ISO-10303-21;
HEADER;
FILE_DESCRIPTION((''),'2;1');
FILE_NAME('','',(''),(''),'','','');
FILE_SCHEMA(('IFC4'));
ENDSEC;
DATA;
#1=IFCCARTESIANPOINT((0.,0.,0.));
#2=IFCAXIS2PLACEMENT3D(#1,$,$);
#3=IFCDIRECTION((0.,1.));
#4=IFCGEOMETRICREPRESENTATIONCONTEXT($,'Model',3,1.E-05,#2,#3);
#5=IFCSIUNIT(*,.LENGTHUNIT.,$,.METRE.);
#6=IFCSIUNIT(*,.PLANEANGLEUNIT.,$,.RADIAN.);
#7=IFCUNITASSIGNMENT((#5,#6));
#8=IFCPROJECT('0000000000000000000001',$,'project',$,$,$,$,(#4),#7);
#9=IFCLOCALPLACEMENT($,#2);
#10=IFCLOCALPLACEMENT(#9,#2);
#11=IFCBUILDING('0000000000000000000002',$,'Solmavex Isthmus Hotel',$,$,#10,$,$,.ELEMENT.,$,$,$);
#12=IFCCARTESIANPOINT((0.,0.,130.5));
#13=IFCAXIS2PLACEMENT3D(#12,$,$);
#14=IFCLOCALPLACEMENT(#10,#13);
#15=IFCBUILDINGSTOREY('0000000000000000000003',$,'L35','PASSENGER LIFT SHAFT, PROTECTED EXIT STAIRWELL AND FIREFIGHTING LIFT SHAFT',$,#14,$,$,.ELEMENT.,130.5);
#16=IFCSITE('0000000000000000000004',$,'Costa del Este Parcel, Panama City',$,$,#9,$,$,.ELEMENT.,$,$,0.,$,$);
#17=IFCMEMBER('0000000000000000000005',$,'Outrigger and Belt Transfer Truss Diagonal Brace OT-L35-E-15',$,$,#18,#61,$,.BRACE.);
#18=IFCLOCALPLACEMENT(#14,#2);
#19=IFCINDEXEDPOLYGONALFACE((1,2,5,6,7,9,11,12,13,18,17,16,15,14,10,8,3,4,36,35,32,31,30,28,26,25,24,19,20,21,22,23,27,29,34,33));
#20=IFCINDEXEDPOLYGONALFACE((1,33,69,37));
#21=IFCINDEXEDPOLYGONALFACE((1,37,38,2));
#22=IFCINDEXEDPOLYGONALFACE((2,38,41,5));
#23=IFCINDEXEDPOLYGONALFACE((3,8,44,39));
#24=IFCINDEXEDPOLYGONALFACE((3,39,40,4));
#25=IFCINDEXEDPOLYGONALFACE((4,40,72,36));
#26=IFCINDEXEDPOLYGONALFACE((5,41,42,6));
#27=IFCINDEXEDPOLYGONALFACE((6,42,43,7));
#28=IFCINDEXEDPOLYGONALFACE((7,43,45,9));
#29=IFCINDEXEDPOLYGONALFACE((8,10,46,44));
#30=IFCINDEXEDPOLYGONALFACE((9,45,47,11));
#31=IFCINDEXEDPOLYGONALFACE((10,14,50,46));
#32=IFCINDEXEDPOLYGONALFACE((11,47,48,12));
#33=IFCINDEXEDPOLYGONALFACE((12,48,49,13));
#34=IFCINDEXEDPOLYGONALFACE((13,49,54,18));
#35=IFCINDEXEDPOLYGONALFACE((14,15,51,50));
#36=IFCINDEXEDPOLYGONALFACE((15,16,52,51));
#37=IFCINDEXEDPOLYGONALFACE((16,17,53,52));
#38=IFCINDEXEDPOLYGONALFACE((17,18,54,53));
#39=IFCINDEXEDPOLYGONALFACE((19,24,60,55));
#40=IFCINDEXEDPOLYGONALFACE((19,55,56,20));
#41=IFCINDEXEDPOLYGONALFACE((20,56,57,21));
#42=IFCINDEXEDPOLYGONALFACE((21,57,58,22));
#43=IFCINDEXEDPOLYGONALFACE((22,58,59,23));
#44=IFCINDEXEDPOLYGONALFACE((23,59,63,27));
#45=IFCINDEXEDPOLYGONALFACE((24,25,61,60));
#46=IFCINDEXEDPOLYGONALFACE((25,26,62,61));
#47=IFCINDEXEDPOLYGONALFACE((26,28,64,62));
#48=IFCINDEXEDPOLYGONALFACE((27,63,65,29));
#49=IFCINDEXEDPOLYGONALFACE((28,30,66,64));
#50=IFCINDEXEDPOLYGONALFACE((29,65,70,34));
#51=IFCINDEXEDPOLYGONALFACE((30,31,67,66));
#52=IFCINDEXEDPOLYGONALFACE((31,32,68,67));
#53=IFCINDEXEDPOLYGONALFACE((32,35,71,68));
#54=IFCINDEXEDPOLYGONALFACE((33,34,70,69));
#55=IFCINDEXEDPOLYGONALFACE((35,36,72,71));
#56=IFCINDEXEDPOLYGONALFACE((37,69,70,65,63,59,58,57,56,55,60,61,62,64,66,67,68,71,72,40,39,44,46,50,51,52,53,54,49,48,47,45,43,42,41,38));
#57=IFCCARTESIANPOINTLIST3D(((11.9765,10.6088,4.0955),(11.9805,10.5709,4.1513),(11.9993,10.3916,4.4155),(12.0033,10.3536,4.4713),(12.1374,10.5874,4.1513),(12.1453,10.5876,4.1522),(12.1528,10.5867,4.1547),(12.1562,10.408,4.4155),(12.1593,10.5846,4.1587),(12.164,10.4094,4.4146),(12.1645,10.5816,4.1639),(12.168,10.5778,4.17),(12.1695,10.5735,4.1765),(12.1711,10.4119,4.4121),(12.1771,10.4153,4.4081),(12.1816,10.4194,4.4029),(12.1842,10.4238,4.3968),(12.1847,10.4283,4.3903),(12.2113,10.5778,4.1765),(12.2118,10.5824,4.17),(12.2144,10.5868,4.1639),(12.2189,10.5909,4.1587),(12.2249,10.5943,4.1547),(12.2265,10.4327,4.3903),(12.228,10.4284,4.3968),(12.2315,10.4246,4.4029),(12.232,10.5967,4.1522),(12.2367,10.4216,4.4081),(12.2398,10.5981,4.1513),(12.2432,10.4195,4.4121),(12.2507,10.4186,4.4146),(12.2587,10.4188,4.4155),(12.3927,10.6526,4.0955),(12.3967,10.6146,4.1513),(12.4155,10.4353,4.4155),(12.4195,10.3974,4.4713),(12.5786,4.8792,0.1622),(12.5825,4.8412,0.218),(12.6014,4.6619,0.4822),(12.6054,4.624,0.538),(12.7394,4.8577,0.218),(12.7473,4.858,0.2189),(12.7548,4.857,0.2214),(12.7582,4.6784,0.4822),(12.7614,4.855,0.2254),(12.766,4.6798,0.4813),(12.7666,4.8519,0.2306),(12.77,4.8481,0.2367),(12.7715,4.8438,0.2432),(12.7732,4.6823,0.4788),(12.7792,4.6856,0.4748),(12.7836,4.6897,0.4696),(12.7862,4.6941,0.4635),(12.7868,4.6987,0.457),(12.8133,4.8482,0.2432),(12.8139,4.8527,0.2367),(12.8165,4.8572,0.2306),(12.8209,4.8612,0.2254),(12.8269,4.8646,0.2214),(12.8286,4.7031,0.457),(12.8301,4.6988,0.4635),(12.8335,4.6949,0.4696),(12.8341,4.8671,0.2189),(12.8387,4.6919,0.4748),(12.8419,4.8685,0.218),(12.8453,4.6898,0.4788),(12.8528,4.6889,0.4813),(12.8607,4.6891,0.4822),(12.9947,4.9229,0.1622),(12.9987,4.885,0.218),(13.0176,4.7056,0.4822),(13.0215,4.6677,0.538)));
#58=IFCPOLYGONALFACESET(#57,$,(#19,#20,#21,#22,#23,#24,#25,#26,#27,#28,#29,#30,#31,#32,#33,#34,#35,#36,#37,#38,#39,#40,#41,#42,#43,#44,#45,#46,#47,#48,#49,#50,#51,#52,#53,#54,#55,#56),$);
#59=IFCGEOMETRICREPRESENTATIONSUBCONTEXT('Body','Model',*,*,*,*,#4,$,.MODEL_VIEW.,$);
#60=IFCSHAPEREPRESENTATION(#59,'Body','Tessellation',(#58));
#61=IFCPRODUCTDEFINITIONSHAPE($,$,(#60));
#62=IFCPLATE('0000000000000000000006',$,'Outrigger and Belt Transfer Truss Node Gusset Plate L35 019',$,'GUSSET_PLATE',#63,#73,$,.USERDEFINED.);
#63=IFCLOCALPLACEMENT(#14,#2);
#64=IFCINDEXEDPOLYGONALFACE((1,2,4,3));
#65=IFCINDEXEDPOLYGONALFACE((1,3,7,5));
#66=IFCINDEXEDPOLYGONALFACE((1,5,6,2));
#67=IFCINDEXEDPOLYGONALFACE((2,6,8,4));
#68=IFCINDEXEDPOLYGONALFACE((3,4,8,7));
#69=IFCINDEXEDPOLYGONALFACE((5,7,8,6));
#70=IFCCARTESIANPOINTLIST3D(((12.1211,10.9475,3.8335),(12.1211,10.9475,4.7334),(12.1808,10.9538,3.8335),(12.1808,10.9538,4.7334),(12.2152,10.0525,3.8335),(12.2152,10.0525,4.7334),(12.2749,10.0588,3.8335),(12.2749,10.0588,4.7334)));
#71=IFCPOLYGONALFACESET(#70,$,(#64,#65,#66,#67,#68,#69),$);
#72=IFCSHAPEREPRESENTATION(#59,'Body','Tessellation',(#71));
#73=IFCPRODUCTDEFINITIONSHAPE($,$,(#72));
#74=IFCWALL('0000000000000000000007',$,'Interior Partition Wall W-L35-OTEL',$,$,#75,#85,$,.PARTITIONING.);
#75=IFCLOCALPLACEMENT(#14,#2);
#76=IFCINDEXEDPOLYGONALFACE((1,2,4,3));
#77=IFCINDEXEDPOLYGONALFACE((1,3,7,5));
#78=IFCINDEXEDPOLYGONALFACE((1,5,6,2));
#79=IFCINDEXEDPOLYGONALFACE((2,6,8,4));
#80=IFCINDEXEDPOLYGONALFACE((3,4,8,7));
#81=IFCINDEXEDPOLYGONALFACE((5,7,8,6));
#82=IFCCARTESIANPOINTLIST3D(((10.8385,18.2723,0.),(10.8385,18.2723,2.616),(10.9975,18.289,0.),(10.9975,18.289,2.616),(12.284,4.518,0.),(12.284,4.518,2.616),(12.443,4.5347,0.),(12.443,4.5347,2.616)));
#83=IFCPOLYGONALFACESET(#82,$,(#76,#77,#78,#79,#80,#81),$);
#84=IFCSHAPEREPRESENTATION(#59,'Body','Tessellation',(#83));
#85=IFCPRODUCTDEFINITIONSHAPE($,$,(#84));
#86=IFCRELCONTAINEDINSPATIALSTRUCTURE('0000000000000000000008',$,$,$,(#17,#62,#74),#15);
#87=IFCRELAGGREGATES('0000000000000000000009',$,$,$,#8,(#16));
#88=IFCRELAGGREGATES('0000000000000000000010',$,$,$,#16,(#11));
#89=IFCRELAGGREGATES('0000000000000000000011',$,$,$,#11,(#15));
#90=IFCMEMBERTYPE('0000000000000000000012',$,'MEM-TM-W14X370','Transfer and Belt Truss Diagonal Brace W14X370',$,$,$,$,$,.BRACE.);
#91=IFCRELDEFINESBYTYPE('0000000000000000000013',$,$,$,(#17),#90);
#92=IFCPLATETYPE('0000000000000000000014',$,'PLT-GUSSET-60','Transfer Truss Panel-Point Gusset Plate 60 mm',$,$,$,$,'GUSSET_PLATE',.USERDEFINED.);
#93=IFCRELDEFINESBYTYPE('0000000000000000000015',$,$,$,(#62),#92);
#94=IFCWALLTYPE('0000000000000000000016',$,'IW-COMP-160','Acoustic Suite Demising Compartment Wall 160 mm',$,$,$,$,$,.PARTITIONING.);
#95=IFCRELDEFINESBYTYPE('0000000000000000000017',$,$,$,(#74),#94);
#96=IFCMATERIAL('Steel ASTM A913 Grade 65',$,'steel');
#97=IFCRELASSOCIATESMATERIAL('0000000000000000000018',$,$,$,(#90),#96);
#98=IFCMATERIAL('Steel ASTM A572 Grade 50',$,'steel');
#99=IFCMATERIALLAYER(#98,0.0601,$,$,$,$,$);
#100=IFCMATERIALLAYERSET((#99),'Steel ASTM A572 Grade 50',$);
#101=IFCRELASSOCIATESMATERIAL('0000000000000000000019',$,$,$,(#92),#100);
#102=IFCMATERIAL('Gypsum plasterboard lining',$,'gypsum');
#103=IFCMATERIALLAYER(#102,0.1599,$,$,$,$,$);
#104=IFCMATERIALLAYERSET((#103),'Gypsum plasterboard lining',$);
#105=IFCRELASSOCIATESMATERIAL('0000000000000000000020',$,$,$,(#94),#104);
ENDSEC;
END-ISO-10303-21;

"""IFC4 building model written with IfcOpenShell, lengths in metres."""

from ifc_helpers import new_model, si_unit, direction, frame, frame_2d, origin, origin_2d, place, context, subcontext, project, spatial, rectangle, i_section, extrude, material, layer, layer_set, material_profile, profile_set, type_object, element, save


model = new_model("IFC4")

# Units and contexts
model_context = context("Model", 3, precision=1e-05, world=origin(), true_north=direction((0.0, 1.0)))
body_context = subcontext(model_context, "Body", "Model", "MODEL_VIEW")
ifc_project = project(units=[si_unit("LENGTHUNIT", "METRE"), si_unit("PLANEANGLEUNIT", "RADIAN")], contexts=[model_context])

# Site, building, storey
site_placement = place(None, origin())
site = spatial("IfcSite", under=ifc_project, at=site_placement, Name="Costa del Este Parcel, Panama City", CompositionType="ELEMENT", RefElevation=0.0)
building_placement = place(site_placement, origin())
building = spatial("IfcBuilding", under=site, at=building_placement, Name="Solmavex Isthmus Hotel", CompositionType="ELEMENT")
storey_placement = place(building_placement, frame((0.0, 0.0, 130.5)))
storey = spatial("IfcBuildingStorey", under=building, at=storey_placement, Name="L35", Description="PASSENGER LIFT SHAFT, PROTECTED EXIT STAIRWELL AND FIREFIGHTING LIFT SHAFT", CompositionType="ELEMENT", Elevation=130.5)

# Shared definitions
ifc_material_1 = material(Name="Steel ASTM A913 Grade 65", Category="steel")

# Member
ifc_material_profile_1 = material_profile(ifc_material_1, i_section(OverallWidth=0.4185, OverallDepth=0.4551, WebThickness=0.042, FlangeThickness=0.0676, FilletRadius=0.0305, at=origin_2d()), Name="W14X370")
ifc_profile_set_1 = profile_set([ifc_material_profile_1], Name="Steel ASTM A913 Grade 65")
member_type_1 = type_object("IfcMemberType", Name="MEM-TM-W14X370", Description="Transfer and Belt Truss Diagonal Brace W14X370", PredefinedType="BRACE", material=ifc_profile_set_1)
member_1_placement = place(storey_placement, frame((12.8, 4.7734, 0.3501), z_axis=(-0.086304, 0.821358, 0.563846), x_axis=(-0.994525, -0.104499, 0.0)))
element("IfcMember", 1, at=member_1_placement, inside=storey, type_object=member_type_1, Name="Outrigger and Belt Transfer Truss Diagonal Brace OT-L35-E-15", PredefinedType="BRACE", context=body_context, shape_type="SweptSolid", body=[
    extrude(i_section(OverallWidth=0.4185, OverallDepth=0.4551, WebThickness=0.042, FlangeThickness=0.0676, FilletRadius=0.0305, at=origin_2d()), origin(), (0.0, 0.0, 1.0), 6.9758),
])

# Plate
ifc_material_2 = material(Name="Steel ASTM A572 Grade 50", Category="steel")
ifc_layer_1 = layer(ifc_material_2, 0.0601)
ifc_layer_set_1 = layer_set([ifc_layer_1], Name="Steel ASTM A572 Grade 50")
plate_type = type_object("IfcPlateType", Name="PLT-GUSSET-60", Description="Transfer Truss Panel-Point Gusset Plate 60 mm", ElementType="GUSSET_PLATE", PredefinedType="USERDEFINED", material=ifc_layer_set_1)
plate_placement = place(storey_placement, frame((12.198, 10.5032, 3.8335), z_axis=(0.0, 0.0, 1.0), x_axis=(-0.104528, 0.994522, 0.0)))
element("IfcPlate", 2, at=plate_placement, inside=storey, type_object=plate_type, Name="Outrigger and Belt Transfer Truss Node Gusset Plate L35 019", ObjectType="GUSSET_PLATE", PredefinedType="USERDEFINED", context=body_context, shape_type="SweptSolid", body=[
    extrude(rectangle(XDim=0.8999, YDim=0.0601, at=origin_2d()), origin(), (0.0, 0.0, 1.0), 0.8999),
])

# Wall
ifc_material_3 = material(Name="Gypsum plasterboard lining", Category="gypsum")
ifc_layer_2 = layer(ifc_material_3, 0.1599)
ifc_layer_set_2 = layer_set([ifc_layer_2], Name="Gypsum plasterboard lining")
wall_type = type_object("IfcWallType", Name="IW-COMP-160", Description="Acoustic Suite Demising Compartment Wall 160 mm", PredefinedType="PARTITIONING", material=ifc_layer_set_2)
wall_placement = place(storey_placement, frame((12.3635, 4.5264, 0.0), z_axis=(0.0, 0.0, 1.0), x_axis=(-0.104522, 0.994523, 0.0)))
element("IfcWall", 3, at=wall_placement, inside=storey, type_object=wall_type, Name="Interior Partition Wall W-L35-OTEL", PredefinedType="PARTITIONING", context=body_context, shape_type="SweptSolid", body=[
    extrude(rectangle(XDim=13.8301, YDim=0.1599, at=frame_2d((6.915, 0.0))), origin(), (0.0, 0.0, 1.0), 2.616),
])

save(model, "model.ifc")
